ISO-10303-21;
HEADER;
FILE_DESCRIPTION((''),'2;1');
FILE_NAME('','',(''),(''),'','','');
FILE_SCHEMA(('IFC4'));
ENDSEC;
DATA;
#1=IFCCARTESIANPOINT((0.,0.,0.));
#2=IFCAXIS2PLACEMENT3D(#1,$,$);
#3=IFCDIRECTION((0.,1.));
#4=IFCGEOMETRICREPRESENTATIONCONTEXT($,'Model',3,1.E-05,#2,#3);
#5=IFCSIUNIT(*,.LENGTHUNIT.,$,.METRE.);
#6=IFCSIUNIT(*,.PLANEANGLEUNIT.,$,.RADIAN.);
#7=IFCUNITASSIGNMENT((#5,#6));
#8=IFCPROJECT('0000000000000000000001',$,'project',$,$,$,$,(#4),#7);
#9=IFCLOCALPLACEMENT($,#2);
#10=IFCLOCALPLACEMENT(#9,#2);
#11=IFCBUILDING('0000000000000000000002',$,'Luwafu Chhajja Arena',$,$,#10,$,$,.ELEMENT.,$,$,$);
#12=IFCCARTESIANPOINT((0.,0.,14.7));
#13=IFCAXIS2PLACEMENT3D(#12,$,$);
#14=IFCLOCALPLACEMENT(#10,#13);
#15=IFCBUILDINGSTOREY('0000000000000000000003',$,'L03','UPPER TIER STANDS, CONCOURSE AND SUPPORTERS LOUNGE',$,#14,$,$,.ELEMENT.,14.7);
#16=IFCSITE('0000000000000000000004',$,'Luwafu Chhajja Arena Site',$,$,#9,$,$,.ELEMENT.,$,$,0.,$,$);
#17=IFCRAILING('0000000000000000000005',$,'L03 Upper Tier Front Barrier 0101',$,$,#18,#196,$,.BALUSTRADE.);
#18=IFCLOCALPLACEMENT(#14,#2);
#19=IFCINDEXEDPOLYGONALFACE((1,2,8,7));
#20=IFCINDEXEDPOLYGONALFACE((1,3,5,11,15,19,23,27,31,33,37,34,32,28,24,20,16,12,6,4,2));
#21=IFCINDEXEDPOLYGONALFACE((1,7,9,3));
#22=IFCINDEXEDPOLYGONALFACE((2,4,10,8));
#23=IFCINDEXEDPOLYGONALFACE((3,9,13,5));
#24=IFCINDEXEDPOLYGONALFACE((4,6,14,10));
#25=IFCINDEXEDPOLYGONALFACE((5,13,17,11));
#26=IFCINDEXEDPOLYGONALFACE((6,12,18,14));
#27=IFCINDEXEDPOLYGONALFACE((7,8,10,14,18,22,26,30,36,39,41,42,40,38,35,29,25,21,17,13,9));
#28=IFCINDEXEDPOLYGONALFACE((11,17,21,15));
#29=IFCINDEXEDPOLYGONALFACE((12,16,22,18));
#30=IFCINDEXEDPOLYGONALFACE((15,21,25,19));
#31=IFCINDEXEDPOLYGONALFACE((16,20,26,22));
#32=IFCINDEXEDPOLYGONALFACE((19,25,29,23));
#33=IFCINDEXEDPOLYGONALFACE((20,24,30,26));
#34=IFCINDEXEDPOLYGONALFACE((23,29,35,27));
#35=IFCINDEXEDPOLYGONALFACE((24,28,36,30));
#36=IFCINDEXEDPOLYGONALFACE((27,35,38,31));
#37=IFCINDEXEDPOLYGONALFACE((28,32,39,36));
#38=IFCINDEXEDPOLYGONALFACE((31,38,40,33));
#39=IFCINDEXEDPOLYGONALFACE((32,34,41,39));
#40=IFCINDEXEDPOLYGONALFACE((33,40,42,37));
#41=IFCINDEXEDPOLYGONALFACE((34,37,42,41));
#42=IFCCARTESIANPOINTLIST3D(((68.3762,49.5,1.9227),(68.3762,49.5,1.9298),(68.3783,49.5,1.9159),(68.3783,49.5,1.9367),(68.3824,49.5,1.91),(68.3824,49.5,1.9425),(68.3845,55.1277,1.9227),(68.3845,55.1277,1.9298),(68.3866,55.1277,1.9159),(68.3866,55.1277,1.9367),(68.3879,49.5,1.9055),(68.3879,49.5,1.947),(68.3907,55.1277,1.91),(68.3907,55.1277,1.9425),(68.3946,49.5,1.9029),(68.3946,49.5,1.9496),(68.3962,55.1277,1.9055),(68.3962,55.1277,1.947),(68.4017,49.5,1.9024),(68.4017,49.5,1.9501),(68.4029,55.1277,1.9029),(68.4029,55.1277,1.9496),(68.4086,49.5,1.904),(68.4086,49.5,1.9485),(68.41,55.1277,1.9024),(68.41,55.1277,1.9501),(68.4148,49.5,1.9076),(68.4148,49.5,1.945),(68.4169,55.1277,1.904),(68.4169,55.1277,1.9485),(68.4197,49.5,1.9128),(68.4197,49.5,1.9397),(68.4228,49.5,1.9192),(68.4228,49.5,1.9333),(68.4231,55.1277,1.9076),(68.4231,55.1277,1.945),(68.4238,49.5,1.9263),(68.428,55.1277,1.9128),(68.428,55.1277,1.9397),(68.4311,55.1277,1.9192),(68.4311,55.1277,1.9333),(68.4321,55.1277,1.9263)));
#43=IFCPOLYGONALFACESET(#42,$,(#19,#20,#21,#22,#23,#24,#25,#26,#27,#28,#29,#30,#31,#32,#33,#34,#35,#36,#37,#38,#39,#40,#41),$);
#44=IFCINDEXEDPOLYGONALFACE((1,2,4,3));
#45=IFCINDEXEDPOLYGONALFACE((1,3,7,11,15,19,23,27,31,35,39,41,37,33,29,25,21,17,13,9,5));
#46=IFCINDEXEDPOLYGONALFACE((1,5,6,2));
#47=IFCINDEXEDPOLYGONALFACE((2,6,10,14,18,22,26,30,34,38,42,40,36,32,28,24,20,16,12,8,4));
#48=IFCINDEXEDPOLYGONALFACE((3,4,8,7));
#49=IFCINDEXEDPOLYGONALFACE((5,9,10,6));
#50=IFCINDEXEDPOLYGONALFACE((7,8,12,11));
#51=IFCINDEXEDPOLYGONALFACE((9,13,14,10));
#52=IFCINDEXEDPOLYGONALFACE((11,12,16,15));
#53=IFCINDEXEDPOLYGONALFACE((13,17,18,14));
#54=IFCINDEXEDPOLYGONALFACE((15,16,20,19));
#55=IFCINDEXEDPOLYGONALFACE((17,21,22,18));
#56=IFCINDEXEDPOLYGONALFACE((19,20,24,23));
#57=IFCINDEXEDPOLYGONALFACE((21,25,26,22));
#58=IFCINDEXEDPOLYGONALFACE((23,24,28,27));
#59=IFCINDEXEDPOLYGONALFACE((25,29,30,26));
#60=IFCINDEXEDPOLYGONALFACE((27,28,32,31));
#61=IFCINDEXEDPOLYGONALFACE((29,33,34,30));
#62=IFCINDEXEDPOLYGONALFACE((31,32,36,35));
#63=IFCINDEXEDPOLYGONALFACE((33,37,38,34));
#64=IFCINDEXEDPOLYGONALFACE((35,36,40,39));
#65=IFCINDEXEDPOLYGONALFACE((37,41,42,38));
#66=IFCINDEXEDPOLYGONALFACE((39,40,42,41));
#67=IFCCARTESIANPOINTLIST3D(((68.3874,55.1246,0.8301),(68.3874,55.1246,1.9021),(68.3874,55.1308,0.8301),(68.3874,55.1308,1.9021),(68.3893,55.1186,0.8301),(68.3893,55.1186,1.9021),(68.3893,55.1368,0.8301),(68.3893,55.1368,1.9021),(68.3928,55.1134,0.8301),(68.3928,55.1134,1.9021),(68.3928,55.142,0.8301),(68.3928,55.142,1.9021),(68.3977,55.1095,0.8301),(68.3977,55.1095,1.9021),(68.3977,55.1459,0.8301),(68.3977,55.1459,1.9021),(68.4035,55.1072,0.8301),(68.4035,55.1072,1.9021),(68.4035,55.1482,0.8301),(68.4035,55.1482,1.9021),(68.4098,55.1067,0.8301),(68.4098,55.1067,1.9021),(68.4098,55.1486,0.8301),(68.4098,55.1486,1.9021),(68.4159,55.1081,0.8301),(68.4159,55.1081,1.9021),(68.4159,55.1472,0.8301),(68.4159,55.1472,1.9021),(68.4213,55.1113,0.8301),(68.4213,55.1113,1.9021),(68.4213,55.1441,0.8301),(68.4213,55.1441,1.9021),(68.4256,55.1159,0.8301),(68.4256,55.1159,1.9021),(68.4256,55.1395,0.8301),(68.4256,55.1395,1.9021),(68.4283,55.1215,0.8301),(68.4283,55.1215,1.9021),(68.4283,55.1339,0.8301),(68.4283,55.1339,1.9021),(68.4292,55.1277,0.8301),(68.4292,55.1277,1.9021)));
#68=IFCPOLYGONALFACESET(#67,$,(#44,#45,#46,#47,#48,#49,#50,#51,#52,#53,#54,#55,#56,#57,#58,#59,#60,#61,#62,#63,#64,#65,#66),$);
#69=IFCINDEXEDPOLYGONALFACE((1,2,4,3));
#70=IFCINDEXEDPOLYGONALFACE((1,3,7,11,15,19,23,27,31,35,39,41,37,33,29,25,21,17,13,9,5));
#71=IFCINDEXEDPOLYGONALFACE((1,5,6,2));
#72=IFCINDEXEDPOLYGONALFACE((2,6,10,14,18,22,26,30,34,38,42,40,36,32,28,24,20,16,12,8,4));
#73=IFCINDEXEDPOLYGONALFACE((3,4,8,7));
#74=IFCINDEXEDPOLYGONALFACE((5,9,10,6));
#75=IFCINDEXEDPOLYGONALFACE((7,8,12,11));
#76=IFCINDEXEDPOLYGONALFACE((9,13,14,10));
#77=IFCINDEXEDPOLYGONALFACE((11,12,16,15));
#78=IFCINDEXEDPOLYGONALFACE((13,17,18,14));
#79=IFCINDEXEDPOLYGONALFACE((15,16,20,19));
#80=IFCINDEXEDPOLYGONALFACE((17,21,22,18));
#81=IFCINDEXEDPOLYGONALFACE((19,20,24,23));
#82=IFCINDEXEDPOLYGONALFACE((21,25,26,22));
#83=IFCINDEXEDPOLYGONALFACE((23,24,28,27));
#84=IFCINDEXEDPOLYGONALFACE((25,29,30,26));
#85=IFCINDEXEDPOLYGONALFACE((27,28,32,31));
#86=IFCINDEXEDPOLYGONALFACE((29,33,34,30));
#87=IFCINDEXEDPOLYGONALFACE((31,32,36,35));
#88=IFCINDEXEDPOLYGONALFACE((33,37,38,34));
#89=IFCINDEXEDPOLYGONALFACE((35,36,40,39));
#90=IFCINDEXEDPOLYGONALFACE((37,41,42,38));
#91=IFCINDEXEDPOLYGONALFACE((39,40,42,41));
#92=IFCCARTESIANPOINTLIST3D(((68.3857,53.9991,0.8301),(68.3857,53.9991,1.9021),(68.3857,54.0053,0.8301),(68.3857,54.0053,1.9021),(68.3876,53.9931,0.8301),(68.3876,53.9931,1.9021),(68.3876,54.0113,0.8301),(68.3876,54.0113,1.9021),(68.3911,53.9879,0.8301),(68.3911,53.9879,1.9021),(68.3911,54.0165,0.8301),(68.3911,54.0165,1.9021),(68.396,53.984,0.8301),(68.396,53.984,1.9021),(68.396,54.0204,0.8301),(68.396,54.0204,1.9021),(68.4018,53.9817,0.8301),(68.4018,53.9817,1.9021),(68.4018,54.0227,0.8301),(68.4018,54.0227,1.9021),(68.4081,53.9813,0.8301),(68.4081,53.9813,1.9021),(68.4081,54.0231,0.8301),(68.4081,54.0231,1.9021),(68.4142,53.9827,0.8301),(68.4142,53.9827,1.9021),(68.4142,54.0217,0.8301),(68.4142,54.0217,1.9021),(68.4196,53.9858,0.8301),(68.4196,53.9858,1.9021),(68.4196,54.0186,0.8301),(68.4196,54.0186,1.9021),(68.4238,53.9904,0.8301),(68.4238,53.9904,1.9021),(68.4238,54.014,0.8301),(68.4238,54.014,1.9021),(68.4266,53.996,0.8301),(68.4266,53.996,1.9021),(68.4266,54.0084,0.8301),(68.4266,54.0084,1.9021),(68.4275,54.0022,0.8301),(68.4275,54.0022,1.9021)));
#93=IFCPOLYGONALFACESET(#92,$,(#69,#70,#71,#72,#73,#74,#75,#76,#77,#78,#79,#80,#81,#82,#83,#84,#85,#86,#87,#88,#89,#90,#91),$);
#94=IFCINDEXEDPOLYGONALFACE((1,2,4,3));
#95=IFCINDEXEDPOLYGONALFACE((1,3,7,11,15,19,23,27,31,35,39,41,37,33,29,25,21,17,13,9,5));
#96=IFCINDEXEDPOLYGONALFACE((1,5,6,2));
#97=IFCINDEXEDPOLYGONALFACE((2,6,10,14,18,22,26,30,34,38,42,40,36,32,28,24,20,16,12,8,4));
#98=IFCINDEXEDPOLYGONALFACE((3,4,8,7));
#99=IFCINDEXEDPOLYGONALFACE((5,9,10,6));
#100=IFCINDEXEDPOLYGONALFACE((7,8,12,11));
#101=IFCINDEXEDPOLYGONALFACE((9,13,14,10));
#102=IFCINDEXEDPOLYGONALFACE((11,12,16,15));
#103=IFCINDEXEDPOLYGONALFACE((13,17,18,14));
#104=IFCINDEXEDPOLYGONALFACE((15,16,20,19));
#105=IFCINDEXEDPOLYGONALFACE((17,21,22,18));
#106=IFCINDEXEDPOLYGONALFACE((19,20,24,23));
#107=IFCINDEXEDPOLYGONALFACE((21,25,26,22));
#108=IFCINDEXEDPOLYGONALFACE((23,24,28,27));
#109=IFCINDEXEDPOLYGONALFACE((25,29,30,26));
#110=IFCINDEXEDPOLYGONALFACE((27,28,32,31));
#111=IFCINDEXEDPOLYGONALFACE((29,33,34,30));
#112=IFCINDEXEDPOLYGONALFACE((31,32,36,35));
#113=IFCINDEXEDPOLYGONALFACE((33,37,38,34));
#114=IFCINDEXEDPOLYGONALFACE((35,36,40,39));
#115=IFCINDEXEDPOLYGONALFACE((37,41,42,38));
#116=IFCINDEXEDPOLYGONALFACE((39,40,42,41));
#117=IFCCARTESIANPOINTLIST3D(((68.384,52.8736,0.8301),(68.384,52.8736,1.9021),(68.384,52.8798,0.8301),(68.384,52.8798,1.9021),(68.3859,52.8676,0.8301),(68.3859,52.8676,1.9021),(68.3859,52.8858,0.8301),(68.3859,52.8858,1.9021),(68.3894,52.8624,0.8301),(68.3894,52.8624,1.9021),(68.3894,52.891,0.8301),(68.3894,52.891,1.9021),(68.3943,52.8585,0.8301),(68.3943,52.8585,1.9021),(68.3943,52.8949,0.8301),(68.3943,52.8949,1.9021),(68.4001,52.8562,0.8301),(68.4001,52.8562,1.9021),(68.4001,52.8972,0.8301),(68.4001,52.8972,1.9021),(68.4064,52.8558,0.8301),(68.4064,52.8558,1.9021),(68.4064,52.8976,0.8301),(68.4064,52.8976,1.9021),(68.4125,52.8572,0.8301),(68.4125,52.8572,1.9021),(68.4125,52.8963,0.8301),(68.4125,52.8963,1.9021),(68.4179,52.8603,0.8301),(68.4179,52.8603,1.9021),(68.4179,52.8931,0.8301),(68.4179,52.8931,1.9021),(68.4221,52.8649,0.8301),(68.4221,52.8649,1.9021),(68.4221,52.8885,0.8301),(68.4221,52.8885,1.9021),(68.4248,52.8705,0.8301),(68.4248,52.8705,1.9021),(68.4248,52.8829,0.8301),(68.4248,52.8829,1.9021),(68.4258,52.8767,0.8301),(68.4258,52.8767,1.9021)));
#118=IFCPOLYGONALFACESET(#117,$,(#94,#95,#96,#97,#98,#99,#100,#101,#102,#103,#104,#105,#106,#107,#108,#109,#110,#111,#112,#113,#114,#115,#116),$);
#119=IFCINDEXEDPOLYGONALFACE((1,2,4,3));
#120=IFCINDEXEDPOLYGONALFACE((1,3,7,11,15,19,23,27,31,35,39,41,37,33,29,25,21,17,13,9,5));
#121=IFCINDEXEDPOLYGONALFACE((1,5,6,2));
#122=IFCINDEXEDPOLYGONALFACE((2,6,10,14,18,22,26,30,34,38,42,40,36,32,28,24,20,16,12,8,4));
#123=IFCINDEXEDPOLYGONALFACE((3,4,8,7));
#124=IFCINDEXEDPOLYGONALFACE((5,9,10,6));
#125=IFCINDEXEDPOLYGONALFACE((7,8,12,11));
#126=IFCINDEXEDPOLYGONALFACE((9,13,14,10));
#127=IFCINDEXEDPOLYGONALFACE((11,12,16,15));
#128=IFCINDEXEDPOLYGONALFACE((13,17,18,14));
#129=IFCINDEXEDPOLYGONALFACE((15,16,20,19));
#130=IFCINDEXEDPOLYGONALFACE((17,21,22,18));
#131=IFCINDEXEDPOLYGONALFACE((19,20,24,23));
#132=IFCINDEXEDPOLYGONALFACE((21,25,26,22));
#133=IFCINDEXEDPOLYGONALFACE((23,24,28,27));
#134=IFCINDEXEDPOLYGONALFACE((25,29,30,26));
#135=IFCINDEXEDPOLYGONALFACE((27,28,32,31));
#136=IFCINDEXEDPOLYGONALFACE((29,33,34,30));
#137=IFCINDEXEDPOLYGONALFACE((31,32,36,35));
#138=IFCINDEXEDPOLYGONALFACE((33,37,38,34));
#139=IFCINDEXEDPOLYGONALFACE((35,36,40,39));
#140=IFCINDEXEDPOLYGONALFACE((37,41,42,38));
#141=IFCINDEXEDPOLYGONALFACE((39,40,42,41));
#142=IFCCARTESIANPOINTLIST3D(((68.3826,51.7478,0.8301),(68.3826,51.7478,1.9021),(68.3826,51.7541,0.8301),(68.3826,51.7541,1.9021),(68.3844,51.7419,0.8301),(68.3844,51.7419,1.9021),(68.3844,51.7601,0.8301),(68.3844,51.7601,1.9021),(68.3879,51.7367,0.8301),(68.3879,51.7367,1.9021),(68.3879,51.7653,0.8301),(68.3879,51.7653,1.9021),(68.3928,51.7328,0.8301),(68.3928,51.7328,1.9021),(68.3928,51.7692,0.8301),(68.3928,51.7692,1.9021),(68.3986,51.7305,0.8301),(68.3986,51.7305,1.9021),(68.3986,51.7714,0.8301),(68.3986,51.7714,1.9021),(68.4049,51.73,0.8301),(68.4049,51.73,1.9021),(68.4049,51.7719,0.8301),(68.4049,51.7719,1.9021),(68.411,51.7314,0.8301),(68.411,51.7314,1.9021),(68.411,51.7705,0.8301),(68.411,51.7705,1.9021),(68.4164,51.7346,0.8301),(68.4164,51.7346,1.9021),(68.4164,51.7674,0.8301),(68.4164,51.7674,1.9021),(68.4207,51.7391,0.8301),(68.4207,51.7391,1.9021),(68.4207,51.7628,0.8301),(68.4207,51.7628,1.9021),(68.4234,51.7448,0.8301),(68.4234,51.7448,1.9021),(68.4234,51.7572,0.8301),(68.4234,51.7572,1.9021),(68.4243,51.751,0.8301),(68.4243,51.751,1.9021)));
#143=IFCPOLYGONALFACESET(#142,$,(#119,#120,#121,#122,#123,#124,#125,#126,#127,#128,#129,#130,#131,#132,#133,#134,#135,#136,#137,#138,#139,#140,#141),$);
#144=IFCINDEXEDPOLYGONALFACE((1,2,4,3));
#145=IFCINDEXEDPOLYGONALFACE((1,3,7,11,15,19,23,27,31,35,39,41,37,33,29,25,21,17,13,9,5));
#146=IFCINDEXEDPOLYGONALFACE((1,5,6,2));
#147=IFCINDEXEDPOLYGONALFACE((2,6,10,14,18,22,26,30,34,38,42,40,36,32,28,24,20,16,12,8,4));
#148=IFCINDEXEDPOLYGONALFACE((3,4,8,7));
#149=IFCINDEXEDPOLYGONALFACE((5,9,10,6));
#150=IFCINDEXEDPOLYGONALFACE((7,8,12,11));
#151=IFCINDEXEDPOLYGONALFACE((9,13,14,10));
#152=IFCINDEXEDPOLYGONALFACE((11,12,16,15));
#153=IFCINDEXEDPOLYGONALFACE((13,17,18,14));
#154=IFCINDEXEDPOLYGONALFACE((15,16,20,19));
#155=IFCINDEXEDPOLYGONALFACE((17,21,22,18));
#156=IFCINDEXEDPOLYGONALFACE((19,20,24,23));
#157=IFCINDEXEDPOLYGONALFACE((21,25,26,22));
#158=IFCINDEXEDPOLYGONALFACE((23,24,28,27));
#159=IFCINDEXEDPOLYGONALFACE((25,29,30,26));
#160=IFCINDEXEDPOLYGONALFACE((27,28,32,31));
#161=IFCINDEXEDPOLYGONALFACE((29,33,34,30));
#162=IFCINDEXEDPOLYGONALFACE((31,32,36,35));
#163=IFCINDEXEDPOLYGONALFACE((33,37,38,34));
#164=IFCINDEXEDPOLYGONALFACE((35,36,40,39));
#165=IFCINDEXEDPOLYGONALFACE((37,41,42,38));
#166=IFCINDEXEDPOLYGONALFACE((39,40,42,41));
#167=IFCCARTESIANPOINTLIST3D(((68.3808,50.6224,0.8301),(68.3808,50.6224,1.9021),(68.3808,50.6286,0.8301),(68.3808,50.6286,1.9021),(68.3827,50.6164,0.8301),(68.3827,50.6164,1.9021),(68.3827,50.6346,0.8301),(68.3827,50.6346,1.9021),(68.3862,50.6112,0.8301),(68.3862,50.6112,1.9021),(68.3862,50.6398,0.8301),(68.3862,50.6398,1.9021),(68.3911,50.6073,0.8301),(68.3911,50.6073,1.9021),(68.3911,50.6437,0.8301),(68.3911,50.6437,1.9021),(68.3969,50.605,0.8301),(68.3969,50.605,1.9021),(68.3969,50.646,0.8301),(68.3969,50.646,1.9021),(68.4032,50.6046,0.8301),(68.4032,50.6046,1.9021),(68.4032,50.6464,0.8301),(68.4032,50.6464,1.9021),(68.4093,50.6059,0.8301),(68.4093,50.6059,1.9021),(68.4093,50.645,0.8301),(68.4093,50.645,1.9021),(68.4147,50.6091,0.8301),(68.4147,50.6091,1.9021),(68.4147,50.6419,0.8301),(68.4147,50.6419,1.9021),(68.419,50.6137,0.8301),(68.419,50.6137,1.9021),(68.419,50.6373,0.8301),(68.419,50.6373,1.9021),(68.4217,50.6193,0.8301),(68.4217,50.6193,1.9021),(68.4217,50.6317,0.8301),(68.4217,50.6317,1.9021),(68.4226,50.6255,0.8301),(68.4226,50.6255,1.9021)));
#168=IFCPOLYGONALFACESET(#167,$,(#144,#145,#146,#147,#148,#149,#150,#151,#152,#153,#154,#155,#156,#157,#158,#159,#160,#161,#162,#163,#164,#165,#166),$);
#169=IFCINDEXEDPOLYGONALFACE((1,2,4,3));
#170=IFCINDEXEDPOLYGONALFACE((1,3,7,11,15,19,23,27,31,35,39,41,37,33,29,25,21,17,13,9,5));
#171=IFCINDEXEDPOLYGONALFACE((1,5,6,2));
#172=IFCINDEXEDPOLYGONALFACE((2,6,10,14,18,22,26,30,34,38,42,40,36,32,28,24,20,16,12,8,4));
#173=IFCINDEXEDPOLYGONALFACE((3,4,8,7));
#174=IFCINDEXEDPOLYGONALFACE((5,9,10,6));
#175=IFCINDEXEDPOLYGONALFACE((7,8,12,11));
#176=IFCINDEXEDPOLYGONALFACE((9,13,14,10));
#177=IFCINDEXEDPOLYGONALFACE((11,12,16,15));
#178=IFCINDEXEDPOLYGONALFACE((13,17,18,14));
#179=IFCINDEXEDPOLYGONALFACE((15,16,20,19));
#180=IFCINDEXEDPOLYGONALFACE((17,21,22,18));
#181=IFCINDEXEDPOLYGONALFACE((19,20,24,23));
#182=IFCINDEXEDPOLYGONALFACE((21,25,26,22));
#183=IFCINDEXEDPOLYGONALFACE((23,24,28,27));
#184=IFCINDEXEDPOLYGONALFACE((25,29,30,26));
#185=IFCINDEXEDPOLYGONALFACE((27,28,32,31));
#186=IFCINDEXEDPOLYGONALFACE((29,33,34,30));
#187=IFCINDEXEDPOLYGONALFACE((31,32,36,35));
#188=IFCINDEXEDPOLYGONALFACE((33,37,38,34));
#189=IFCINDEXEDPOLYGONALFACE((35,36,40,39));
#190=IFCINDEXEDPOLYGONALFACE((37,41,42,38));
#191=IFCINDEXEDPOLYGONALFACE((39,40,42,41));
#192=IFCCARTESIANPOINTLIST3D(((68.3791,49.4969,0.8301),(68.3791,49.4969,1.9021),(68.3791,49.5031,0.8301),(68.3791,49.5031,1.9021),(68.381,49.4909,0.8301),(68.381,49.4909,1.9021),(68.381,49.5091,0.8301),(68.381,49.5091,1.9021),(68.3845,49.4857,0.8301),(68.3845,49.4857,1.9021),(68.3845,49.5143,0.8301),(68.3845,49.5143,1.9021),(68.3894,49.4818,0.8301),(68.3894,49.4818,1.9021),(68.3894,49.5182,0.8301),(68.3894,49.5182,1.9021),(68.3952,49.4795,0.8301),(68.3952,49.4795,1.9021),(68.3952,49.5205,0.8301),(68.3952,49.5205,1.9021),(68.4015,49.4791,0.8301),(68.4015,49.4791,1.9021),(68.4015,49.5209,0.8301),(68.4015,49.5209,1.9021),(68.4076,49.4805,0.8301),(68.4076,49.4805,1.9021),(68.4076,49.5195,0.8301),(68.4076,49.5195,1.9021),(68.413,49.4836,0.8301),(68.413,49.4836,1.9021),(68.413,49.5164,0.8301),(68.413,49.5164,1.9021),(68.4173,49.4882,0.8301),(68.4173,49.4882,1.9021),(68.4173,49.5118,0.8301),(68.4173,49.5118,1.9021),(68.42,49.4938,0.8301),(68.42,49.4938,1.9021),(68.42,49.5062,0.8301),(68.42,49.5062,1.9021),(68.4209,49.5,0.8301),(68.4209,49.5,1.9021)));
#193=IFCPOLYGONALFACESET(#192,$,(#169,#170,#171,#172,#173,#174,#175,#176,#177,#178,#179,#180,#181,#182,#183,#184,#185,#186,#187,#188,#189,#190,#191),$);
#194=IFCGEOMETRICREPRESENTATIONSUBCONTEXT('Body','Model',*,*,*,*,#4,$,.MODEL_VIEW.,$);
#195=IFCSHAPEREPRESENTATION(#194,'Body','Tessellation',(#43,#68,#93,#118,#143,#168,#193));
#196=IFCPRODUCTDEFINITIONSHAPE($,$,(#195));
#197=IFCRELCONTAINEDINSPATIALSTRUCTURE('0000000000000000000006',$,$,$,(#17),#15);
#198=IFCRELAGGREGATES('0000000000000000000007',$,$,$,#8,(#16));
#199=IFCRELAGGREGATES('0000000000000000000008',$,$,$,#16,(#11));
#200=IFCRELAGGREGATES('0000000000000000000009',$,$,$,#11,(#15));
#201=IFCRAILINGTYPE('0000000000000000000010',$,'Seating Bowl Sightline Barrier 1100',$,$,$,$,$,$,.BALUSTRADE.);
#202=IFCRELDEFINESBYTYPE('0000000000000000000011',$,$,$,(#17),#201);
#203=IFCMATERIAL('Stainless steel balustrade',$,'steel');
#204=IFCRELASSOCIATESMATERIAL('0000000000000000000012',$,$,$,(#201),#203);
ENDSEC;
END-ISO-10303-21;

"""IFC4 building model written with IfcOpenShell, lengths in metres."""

from ifc_helpers import new_model, si_unit, direction, frame, origin, origin_2d, place, context, subcontext, project, spatial, circle, extrude, material, type_object, element, save


model = new_model("IFC4")

# Units and contexts
model_context = context("Model", 3, precision=1e-05, world=origin(), true_north=direction((0.0, 1.0)))
body_context = subcontext(model_context, "Body", "Model", "MODEL_VIEW")
ifc_project = project(units=[si_unit("LENGTHUNIT", "METRE"), si_unit("PLANEANGLEUNIT", "RADIAN")], contexts=[model_context])

# Site, building, storey
site_placement = place(None, origin())
site = spatial("IfcSite", under=ifc_project, at=site_placement, Name="Luwafu Chhajja Arena Site", CompositionType="ELEMENT", RefElevation=0.0)
building_placement = place(site_placement, origin())
building = spatial("IfcBuilding", under=site, at=building_placement, Name="Luwafu Chhajja Arena", CompositionType="ELEMENT")
storey_placement = place(building_placement, frame((0.0, 0.0, 14.7)))
storey = spatial("IfcBuildingStorey", under=building, at=storey_placement, Name="L03", Description="UPPER TIER STANDS, CONCOURSE AND SUPPORTERS LOUNGE", CompositionType="ELEMENT", Elevation=14.7)

# Railing
ifc_material_1 = material(Name="Stainless steel balustrade", Category="steel")
railing_type_1 = type_object("IfcRailingType", Name="Seating Bowl Sightline Barrier 1100", PredefinedType="BALUSTRADE", material=ifc_material_1)
railing_1_placement = place(storey_placement, frame((68.4082, 55.1277, 0.8301)))
element("IfcRailing", 1, at=railing_1_placement, inside=storey, type_object=railing_type_1, Name="L03 Upper Tier Front Barrier 0101", PredefinedType="BALUSTRADE", context=body_context, shape_type="SweptSolid", body=[
    extrude(circle(Radius=0.0239, at=origin_2d()), frame((0.0, 0.0, 1.0962), z_axis=(-0.001475, -0.999999, 0.0), x_axis=(0.999999, -0.001475, 0.0)), (0.0, 0.0, 1.0), 5.6277),
    extrude(circle(Radius=0.021, at=origin_2d()), origin(), (0.0, 0.0, 1.0), 1.072),
    extrude(circle(Radius=0.021, at=origin_2d()), frame((-0.0017, -1.1255, 0.0)), (0.0, 0.0, 1.0), 1.072),
    extrude(circle(Radius=0.021, at=origin_2d()), frame((-0.0034, -2.251, 0.0)), (0.0, 0.0, 1.0), 1.072),
    extrude(circle(Radius=0.021, at=origin_2d()), frame((-0.0049, -3.3767, 0.0)), (0.0, 0.0, 1.0), 1.072),
    extrude(circle(Radius=0.021, at=origin_2d()), frame((-0.0066, -4.5022, 0.0)), (0.0, 0.0, 1.0), 1.072),
    extrude(circle(Radius=0.021, at=origin_2d()), frame((-0.0083, -5.6277, 0.0)), (0.0, 0.0, 1.0), 1.072),
])

save(model, "model.ifc")
